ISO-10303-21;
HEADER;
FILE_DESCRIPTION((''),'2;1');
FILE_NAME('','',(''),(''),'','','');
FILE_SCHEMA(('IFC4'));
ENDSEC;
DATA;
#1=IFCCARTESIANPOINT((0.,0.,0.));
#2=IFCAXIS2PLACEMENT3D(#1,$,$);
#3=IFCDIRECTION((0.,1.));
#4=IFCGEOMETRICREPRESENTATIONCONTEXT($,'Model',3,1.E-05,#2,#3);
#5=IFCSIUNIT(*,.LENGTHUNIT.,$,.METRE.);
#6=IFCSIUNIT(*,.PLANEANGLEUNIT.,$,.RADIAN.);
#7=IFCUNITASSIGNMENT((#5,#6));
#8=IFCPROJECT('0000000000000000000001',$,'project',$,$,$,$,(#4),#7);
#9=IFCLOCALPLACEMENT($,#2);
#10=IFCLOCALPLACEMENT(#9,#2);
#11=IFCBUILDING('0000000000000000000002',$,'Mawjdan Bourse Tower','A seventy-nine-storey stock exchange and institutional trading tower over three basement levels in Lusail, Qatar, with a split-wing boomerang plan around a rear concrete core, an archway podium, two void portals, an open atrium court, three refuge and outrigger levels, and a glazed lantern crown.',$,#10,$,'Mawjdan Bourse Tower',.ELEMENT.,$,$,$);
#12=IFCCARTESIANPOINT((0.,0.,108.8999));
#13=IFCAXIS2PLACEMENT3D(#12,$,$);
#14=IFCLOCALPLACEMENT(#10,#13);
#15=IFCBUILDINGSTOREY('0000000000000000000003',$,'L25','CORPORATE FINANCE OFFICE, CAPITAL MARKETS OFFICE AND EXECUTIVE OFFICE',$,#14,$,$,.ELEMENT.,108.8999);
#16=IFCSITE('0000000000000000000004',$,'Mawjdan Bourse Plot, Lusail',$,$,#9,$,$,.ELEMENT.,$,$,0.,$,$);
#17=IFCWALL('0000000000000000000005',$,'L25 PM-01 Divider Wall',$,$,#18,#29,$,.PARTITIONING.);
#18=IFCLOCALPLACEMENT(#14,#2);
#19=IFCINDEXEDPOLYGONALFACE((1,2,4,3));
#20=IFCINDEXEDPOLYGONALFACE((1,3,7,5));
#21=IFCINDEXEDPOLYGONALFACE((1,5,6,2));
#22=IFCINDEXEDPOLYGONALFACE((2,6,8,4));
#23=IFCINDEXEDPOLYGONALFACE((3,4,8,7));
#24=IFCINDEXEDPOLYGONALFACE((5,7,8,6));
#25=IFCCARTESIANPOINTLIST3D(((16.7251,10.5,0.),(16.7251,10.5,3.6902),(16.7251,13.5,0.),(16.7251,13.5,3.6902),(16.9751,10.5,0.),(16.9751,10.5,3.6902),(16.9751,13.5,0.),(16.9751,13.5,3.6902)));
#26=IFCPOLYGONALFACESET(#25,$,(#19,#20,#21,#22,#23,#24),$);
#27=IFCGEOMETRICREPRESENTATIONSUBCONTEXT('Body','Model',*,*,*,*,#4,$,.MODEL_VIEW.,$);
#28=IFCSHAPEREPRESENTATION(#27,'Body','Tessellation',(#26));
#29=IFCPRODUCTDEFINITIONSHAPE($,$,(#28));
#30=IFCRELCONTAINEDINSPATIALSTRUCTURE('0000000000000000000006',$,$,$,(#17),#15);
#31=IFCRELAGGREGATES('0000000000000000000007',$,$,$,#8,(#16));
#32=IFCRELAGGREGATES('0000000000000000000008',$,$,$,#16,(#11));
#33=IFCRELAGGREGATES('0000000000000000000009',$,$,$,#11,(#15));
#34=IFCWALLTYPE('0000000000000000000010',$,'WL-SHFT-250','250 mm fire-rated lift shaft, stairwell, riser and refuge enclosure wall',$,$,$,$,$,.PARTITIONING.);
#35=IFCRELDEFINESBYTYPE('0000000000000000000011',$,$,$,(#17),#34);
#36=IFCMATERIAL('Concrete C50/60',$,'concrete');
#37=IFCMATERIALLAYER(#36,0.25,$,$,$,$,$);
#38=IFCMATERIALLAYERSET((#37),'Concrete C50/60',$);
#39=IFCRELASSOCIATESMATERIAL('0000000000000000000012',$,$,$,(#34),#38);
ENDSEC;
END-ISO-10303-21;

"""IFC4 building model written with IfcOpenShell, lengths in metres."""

from ifc_helpers import new_model, si_unit, direction, frame, frame_2d, origin, place, context, subcontext, project, spatial, rectangle, extrude, material, layer, layer_set, type_object, element, save


model = new_model("IFC4")

# Units and contexts
model_context = context("Model", 3, precision=1e-05, world=origin(), true_north=direction((0.0, 1.0)))
body_context = subcontext(model_context, "Body", "Model", "MODEL_VIEW")
ifc_project = project(units=[si_unit("LENGTHUNIT", "METRE"), si_unit("PLANEANGLEUNIT", "RADIAN")], contexts=[model_context])

# Site, building, storey
site_placement = place(None, origin())
site = spatial("IfcSite", under=ifc_project, at=site_placement, Name="Mawjdan Bourse Plot, Lusail", CompositionType="ELEMENT", RefElevation=0.0)
building_placement = place(site_placement, origin())
building = spatial("IfcBuilding", under=site, at=building_placement, Name="Mawjdan Bourse Tower", Description="A seventy-nine-storey stock exchange and institutional trading tower over three basement levels in Lusail, Qatar, with a split-wing boomerang plan around a rear concrete core, an archway podium, two void portals, an open atrium court, three refuge and outrigger levels, and a glazed lantern crown.", LongName="Mawjdan Bourse Tower", CompositionType="ELEMENT")
storey_placement = place(building_placement, frame((0.0, 0.0, 108.8999)))
storey = spatial("IfcBuildingStorey", under=building, at=storey_placement, Name="L25", Description="CORPORATE FINANCE OFFICE, CAPITAL MARKETS OFFICE AND EXECUTIVE OFFICE", CompositionType="ELEMENT", Elevation=108.8999)

# Shared definitions
ifc_material_1 = material(Name="Concrete C50/60", Category="concrete")
ifc_layer_1 = layer(ifc_material_1, 0.25)
ifc_layer_set_1 = layer_set([ifc_layer_1], Name="Concrete C50/60")
wall_type_1 = type_object("IfcWallType", Name="WL-SHFT-250", Description="250 mm fire-rated lift shaft, stairwell, riser and refuge enclosure wall", PredefinedType="PARTITIONING", material=ifc_layer_set_1)

# Wall
wall_1_placement = place(storey_placement, frame((16.8501, 10.5, 0.0), z_axis=(0.0, 0.0, 1.0), x_axis=(0.0, 1.0, 0.0)))
element("IfcWall", 1, at=wall_1_placement, inside=storey, type_object=wall_type_1, Name="L25 PM-01 Divider Wall", PredefinedType="PARTITIONING", context=body_context, shape_type="SweptSolid", body=[
    extrude(rectangle(XDim=3.0, YDim=0.25, at=frame_2d((1.5, 0.0))), origin(), (0.0, 0.0, 1.0), 3.6902),
])

save(model, "model.ifc")
